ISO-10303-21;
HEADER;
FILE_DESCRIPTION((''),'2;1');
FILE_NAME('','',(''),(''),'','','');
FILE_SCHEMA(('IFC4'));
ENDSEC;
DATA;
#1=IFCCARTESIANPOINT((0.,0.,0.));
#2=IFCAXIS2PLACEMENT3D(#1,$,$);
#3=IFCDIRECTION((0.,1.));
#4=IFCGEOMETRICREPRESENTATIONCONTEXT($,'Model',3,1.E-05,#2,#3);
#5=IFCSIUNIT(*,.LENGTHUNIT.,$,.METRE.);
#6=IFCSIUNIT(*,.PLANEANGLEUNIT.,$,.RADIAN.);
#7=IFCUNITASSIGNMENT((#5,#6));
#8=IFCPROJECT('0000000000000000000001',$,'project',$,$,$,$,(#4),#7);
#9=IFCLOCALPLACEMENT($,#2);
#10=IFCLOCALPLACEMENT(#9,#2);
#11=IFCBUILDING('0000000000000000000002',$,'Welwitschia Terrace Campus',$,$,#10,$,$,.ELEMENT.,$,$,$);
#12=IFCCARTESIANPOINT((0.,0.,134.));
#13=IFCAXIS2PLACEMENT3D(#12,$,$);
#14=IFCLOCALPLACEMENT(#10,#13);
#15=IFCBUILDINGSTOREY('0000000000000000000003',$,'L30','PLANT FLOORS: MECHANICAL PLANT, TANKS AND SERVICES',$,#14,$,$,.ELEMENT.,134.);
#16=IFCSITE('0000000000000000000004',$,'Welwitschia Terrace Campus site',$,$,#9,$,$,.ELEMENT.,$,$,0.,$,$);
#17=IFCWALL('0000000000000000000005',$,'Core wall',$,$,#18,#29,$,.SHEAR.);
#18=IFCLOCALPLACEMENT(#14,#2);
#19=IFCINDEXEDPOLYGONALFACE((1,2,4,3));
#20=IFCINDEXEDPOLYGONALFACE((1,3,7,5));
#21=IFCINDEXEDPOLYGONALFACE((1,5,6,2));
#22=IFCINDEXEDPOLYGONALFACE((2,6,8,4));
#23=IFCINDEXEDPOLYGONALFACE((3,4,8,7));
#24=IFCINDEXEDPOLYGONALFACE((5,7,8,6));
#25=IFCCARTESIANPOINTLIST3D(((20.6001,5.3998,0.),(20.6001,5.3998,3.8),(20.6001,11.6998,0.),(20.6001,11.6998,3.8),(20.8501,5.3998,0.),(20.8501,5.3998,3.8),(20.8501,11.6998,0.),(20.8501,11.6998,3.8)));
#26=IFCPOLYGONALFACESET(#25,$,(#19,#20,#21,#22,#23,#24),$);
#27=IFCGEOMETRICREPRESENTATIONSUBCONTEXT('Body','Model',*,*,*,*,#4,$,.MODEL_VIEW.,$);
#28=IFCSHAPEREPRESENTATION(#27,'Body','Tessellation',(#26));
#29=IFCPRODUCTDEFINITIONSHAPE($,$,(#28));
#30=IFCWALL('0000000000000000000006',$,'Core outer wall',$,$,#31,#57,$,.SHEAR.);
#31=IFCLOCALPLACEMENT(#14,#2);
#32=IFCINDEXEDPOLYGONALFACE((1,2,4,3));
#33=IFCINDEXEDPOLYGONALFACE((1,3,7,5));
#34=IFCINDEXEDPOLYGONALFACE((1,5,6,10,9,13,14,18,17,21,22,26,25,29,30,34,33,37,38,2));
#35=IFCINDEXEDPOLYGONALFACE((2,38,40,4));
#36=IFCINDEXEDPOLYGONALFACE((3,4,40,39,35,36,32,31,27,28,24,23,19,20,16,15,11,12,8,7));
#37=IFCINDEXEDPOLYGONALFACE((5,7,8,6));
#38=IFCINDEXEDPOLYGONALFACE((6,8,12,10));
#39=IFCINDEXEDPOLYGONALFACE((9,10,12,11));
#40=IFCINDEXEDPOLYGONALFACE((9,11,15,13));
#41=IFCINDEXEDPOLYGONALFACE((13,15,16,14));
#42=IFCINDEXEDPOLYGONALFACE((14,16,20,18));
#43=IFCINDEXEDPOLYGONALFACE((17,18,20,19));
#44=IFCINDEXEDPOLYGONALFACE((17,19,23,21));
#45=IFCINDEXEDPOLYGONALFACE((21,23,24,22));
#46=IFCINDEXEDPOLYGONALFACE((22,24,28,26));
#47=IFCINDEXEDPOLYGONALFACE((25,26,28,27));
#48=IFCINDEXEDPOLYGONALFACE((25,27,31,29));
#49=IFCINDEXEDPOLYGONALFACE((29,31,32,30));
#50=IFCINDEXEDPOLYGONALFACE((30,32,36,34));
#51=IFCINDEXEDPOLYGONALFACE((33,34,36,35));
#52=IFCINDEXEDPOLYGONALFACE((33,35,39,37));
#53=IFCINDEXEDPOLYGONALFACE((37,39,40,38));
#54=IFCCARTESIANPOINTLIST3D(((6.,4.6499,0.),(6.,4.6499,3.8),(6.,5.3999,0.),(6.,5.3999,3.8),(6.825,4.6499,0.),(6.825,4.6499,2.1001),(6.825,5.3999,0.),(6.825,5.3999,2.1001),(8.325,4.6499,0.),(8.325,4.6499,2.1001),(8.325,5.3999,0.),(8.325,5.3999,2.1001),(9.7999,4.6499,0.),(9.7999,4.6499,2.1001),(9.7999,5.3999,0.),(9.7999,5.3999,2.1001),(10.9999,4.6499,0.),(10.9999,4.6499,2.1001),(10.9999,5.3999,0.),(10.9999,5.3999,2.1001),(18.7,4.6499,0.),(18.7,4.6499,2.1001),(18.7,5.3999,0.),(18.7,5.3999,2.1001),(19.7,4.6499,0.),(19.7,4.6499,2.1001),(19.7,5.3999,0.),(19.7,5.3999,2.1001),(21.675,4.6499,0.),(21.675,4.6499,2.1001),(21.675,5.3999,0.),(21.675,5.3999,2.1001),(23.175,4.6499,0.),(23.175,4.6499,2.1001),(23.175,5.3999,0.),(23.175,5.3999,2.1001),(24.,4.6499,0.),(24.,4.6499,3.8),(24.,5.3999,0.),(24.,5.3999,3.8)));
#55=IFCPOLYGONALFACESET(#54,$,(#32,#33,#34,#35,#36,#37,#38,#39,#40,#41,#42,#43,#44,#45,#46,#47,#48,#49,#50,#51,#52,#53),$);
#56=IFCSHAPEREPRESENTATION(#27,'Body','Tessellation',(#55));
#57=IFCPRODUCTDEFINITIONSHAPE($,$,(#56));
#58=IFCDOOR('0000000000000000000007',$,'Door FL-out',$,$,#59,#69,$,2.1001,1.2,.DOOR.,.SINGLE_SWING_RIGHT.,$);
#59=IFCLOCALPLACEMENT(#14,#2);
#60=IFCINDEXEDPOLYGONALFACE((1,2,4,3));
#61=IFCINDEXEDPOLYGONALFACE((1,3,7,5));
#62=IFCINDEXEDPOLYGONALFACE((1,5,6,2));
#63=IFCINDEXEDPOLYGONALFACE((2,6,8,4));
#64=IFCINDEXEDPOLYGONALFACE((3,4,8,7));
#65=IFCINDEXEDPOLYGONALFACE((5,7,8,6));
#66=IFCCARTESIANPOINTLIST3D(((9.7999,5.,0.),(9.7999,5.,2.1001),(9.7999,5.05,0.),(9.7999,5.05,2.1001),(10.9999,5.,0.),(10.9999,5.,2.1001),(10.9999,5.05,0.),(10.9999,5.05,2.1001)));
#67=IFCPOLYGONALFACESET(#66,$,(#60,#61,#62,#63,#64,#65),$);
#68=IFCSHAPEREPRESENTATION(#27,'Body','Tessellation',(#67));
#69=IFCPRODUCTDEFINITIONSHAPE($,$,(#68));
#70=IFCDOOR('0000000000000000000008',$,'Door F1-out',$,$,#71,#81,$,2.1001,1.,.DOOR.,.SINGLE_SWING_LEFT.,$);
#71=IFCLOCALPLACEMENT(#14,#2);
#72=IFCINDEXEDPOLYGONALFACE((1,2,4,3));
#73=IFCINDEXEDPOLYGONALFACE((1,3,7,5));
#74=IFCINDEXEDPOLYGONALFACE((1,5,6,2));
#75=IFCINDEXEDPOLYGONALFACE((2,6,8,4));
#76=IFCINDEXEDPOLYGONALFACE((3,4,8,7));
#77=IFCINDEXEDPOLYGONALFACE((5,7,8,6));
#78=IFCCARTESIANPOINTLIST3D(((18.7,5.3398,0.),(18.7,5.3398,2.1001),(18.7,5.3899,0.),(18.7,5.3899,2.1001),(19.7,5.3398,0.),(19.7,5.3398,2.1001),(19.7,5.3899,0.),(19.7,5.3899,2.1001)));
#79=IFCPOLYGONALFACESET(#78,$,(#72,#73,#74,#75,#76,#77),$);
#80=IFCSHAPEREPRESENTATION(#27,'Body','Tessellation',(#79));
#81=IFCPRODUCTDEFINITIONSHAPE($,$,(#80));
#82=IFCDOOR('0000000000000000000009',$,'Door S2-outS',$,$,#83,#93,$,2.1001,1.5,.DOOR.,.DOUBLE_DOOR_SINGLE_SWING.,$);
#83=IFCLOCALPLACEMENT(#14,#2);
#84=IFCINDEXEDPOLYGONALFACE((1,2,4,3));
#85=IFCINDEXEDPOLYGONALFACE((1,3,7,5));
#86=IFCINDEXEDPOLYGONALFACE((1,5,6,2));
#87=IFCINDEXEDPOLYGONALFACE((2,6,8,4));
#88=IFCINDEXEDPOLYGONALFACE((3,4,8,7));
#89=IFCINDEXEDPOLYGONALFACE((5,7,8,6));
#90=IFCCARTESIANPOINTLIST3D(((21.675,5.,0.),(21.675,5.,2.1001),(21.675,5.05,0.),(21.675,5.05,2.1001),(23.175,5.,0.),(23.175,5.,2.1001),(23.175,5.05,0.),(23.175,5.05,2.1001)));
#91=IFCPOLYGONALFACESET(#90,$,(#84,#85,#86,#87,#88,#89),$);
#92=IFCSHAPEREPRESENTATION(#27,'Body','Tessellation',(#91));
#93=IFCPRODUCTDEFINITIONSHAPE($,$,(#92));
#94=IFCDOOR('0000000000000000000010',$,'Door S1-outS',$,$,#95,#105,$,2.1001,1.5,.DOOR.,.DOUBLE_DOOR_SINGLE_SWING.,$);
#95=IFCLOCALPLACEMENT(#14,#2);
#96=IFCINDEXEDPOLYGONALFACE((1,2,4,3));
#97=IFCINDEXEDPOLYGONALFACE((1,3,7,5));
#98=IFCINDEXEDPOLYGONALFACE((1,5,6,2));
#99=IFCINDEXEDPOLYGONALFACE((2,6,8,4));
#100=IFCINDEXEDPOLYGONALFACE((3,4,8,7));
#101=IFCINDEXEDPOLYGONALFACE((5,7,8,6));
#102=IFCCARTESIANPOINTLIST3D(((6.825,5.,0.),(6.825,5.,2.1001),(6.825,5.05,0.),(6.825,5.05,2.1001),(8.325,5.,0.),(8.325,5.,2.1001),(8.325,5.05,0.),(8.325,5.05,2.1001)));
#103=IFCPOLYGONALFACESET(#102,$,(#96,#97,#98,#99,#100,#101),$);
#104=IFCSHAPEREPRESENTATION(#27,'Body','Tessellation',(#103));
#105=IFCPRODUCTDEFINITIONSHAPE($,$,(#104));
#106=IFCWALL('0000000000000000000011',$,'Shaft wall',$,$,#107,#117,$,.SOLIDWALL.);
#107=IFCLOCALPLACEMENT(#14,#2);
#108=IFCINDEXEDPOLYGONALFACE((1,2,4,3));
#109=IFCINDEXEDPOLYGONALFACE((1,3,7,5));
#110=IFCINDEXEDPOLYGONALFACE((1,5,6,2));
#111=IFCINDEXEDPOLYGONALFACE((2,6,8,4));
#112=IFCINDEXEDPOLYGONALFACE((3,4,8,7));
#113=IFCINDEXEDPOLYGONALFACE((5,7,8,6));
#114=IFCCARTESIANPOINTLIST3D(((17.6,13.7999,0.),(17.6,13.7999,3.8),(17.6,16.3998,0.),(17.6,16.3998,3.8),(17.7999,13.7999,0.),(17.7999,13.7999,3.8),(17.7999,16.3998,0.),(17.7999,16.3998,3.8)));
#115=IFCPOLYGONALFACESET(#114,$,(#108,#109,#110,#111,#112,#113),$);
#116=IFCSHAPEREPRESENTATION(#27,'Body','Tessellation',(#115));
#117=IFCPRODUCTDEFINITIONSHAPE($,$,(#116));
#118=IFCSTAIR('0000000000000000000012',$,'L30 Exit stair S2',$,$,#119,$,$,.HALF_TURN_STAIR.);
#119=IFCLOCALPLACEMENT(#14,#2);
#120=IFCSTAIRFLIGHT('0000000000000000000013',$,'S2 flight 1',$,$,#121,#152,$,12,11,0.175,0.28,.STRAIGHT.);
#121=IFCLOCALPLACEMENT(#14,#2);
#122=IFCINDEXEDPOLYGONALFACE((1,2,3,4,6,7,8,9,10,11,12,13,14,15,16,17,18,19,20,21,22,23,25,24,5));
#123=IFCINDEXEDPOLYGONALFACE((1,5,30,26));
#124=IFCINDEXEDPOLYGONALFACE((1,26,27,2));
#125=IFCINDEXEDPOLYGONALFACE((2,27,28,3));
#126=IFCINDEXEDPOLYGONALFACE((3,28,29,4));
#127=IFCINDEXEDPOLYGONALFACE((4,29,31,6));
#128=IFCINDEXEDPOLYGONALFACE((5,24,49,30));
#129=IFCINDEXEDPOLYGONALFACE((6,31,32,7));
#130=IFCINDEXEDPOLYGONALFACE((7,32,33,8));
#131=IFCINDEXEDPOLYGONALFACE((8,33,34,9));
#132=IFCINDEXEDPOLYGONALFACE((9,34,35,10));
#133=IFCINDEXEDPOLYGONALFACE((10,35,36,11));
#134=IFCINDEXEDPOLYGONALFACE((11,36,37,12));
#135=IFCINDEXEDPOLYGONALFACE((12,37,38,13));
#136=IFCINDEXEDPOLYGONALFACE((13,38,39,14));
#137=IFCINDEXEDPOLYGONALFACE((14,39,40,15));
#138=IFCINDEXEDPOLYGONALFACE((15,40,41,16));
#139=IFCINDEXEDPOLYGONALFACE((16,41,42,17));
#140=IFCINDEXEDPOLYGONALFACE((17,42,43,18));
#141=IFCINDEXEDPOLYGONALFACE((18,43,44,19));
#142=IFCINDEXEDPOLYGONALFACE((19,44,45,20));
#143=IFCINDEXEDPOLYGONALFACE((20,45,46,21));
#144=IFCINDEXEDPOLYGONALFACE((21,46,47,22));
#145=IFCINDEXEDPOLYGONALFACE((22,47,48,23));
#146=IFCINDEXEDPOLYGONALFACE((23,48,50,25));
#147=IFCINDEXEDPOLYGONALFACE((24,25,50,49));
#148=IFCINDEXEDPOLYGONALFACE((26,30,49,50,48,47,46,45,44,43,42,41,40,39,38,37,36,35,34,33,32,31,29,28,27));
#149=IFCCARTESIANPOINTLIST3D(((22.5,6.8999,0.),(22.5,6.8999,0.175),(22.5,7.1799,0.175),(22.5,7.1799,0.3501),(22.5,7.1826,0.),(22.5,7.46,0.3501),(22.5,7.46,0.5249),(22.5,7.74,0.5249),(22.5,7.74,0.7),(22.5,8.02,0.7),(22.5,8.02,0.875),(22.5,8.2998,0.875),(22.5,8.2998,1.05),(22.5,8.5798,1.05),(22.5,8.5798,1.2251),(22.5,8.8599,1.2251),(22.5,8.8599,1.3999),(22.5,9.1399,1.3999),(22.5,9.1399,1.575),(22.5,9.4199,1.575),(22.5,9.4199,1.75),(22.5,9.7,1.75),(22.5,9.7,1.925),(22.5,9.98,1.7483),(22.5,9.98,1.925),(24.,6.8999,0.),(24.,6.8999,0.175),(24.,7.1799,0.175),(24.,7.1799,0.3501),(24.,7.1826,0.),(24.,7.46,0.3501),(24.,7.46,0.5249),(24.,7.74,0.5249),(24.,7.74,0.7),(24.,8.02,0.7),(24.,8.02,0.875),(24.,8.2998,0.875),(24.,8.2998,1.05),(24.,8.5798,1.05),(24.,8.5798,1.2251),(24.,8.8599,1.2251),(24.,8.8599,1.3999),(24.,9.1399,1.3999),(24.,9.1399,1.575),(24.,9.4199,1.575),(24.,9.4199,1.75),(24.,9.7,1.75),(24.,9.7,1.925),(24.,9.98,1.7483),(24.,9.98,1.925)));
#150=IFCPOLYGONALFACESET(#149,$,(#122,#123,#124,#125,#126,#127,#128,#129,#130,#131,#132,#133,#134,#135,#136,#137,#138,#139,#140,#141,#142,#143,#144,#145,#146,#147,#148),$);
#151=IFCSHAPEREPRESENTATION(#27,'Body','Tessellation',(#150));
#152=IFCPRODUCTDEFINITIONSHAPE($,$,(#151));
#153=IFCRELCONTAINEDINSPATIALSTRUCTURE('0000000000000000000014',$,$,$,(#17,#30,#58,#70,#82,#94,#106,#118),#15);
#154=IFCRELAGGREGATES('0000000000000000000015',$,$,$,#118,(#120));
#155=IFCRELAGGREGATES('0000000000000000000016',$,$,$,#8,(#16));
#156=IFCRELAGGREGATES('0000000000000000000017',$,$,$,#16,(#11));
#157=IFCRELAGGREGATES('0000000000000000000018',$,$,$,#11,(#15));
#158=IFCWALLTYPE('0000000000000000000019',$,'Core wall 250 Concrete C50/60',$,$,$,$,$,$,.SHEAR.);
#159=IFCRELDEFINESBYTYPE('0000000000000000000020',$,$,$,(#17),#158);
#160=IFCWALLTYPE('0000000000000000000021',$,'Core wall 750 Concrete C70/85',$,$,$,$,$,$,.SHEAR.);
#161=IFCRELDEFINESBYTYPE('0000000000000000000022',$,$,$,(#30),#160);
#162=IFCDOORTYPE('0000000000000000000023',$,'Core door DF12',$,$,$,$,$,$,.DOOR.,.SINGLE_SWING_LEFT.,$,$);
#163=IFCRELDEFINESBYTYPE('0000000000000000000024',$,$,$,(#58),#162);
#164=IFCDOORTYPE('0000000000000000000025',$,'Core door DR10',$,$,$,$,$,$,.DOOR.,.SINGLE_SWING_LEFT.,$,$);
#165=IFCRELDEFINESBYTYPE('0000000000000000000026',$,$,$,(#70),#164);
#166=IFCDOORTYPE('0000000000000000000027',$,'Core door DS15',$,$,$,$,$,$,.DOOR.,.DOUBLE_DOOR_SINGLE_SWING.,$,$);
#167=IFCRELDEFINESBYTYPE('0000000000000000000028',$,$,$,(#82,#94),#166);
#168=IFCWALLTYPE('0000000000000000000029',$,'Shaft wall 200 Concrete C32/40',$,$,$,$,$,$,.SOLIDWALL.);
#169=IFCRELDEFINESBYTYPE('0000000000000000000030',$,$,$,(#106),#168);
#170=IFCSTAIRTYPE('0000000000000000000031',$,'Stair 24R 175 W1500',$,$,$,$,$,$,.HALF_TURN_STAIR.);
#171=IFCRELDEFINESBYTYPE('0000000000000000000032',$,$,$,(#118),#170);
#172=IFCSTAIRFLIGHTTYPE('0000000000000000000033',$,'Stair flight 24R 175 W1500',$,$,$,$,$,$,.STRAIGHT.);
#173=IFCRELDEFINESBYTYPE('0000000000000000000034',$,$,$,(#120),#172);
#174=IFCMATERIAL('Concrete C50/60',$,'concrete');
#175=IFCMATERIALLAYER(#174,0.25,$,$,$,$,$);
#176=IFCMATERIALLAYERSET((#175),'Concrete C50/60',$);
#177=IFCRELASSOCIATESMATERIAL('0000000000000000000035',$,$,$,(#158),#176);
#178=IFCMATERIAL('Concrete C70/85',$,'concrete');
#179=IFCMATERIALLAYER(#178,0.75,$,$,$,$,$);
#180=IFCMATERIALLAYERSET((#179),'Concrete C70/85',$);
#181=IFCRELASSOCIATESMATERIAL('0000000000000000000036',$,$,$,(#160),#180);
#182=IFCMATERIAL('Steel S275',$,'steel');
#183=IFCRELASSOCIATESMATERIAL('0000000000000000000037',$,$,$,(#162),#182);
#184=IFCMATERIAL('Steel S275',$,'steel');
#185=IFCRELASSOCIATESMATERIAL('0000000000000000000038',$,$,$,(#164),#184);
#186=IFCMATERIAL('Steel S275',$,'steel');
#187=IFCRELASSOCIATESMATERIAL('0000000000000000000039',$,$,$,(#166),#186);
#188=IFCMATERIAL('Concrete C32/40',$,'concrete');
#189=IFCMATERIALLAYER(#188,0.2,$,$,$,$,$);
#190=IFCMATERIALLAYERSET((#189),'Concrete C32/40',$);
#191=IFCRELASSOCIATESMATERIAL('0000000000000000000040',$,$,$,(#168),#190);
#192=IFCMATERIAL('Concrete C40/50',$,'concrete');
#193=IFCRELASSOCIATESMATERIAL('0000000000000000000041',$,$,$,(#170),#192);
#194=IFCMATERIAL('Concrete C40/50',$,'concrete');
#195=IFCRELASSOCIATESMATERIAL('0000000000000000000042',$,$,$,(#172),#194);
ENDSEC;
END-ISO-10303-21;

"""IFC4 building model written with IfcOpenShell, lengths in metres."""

from ifc_helpers import new_model, si_unit, direction, frame, frame_2d, origin, place, context, subcontext, project, spatial, polyline, rectangle, outline, extrude, material, layer, layer_set, type_object, element, fill, aggregate, save


model = new_model("IFC4")

# Units and contexts
model_context = context("Model", 3, precision=1e-05, world=origin(), true_north=direction((0.0, 1.0)))
body_context = subcontext(model_context, "Body", "Model", "MODEL_VIEW")
ifc_project = project(units=[si_unit("LENGTHUNIT", "METRE"), si_unit("PLANEANGLEUNIT", "RADIAN")], contexts=[model_context])

# Site, building, storey
site_placement = place(None, origin())
site = spatial("IfcSite", under=ifc_project, at=site_placement, Name="Welwitschia Terrace Campus site", CompositionType="ELEMENT", RefElevation=0.0)
building_placement = place(site_placement, origin())
building = spatial("IfcBuilding", under=site, at=building_placement, Name="Welwitschia Terrace Campus", CompositionType="ELEMENT")
storey_placement = place(building_placement, frame((0.0, 0.0, 134.0)))
storey = spatial("IfcBuildingStorey", under=building, at=storey_placement, Name="L30", Description="PLANT FLOORS: MECHANICAL PLANT, TANKS AND SERVICES", CompositionType="ELEMENT", Elevation=134.0)

# Wall
ifc_material_1 = material(Name="Concrete C50/60", Category="concrete")
ifc_layer_1 = layer(ifc_material_1, 0.25)
ifc_layer_set_1 = layer_set([ifc_layer_1], Name="Concrete C50/60")
wall_type_1 = type_object("IfcWallType", Name="Core wall 250 Concrete C50/60", PredefinedType="SHEAR", material=ifc_layer_set_1)
wall_1_placement = place(storey_placement, frame((20.7251, 5.3999, 0.0), z_axis=(0.0, 0.0, 1.0), x_axis=(0.0, 1.0, 0.0)))
element("IfcWall", 1, at=wall_1_placement, inside=storey, type_object=wall_type_1, Name="Core wall", PredefinedType="SHEAR", context=body_context, shape_type="SweptSolid", body=[
    extrude(rectangle(XDim=6.3, YDim=0.25, at=frame_2d((3.1499, 0.0))), origin(), (0.0, 0.0, 1.0), 3.8),
])

# Wall, openings, doors
ifc_material_2 = material(Name="Concrete C70/85", Category="concrete")
ifc_layer_2 = layer(ifc_material_2, 0.75)
ifc_layer_set_2 = layer_set([ifc_layer_2], Name="Concrete C70/85")
wall_type_2 = type_object("IfcWallType", Name="Core wall 750 Concrete C70/85", PredefinedType="SHEAR", material=ifc_layer_set_2)
wall_2_placement = place(storey_placement, frame((24.0, 5.0249, 0.0), z_axis=(0.0, 0.0, 1.0), x_axis=(-1.0, 0.0, 0.0)))
wall_2 = element("IfcWall", 2, at=wall_2_placement, inside=storey, type_object=wall_type_2, Name="Core outer wall", PredefinedType="SHEAR", context=body_context, shape_type="SweptSolid", body=[
    extrude(rectangle(XDim=18.0, YDim=0.75, at=frame_2d((9.0, 0.0))), origin(), (0.0, 0.0, 1.0), 3.8),
])
opening_1_placement = place(wall_2_placement, frame((0.825, 0.0, 0.0)))
opening_1 = element("IfcOpeningElement", 3, at=opening_1_placement, cuts=wall_2, PredefinedType="OPENING", context=body_context, shape_type="SweptSolid", body=[
    extrude(rectangle(XDim=1.5, YDim=2.1001, at=frame_2d((0.75, 1.05))), frame((0.0, 0.385, 0.0), z_axis=(0.0, -1.0, 0.0), x_axis=(1.0, 0.0, 0.0)), (0.0, 0.0, 1.0), 0.77),
])
opening_2_placement = place(wall_2_placement, frame((15.675, 0.0, 0.0)))
opening_2 = element("IfcOpeningElement", 4, at=opening_2_placement, cuts=wall_2, PredefinedType="OPENING", context=body_context, shape_type="SweptSolid", body=[
    extrude(rectangle(XDim=1.5, YDim=2.1001, at=frame_2d((0.75, 1.05))), frame((0.0, 0.385, 0.0), z_axis=(0.0, -1.0, 0.0), x_axis=(1.0, 0.0, 0.0)), (0.0, 0.0, 1.0), 0.77),
])
opening_3_placement = place(wall_2_placement, frame((13.0, 0.0, 0.0)))
opening_3 = element("IfcOpeningElement", 5, at=opening_3_placement, cuts=wall_2, PredefinedType="OPENING", context=body_context, shape_type="SweptSolid", body=[
    extrude(rectangle(XDim=1.2, YDim=2.1001, at=frame_2d((0.6001, 1.05))), frame((0.0, 0.385, 0.0), z_axis=(0.0, -1.0, 0.0), x_axis=(1.0, 0.0, 0.0)), (0.0, 0.0, 1.0), 0.77),
])
opening_4_placement = place(wall_2_placement, frame((4.3, 0.0, 0.0)))
opening_4 = element("IfcOpeningElement", 6, at=opening_4_placement, cuts=wall_2, PredefinedType="OPENING", context=body_context, shape_type="SweptSolid", body=[
    extrude(rectangle(XDim=1.0, YDim=2.1001, at=frame_2d((0.5, 1.05))), frame((0.0, 0.385, 0.0), z_axis=(0.0, -1.0, 0.0), x_axis=(1.0, 0.0, 0.0)), (0.0, 0.0, 1.0), 0.77),
])
ifc_material_3 = material(Name="Steel S275", Category="steel")
door_type_1 = type_object("IfcDoorType", Name="Core door DF12", OperationType="SINGLE_SWING_LEFT", PredefinedType="DOOR", material=ifc_material_3)
door_1_placement = place(opening_3_placement, origin())
door_1 = element("IfcDoor", 7, at=door_1_placement, inside=storey, type_object=door_type_1, Name="Door FL-out", OperationType="SINGLE_SWING_RIGHT", OverallHeight=2.1001, OverallWidth=1.2, PredefinedType="DOOR", context=body_context, shape_type="SweptSolid", body=[
    extrude(rectangle(XDim=1.2, YDim=2.1001, at=frame_2d((0.6001, 1.05))), frame((0.0, 0.0249, 0.0), z_axis=(0.0, -1.0, 0.0), x_axis=(1.0, 0.0, 0.0)), (0.0, 0.0, 1.0), 0.05),
])
fill(opening_3, door_1)
ifc_material_4 = material(Name="Steel S275", Category="steel")
door_type_2 = type_object("IfcDoorType", Name="Core door DR10", OperationType="SINGLE_SWING_LEFT", PredefinedType="DOOR", material=ifc_material_4)
door_2_placement = place(opening_4_placement, origin())
door_2 = element("IfcDoor", 8, at=door_2_placement, inside=storey, type_object=door_type_2, Name="Door F1-out", OperationType="SINGLE_SWING_LEFT", OverallHeight=2.1001, OverallWidth=1.0, PredefinedType="DOOR", context=body_context, shape_type="SweptSolid", body=[
    extrude(rectangle(XDim=1.0, YDim=2.1001, at=frame_2d((0.5, 1.05))), frame((0.0, -0.3149, 0.0), z_axis=(0.0, -1.0, 0.0), x_axis=(1.0, 0.0, 0.0)), (0.0, 0.0, 1.0), 0.05),
])
fill(opening_4, door_2)
ifc_material_5 = material(Name="Steel S275", Category="steel")
door_type_3 = type_object("IfcDoorType", Name="Core door DS15", OperationType="DOUBLE_DOOR_SINGLE_SWING", PredefinedType="DOOR", material=ifc_material_5)
door_3_placement = place(opening_1_placement, origin())
door_3 = element("IfcDoor", 9, at=door_3_placement, inside=storey, type_object=door_type_3, Name="Door S2-outS", OperationType="DOUBLE_DOOR_SINGLE_SWING", OverallHeight=2.1001, OverallWidth=1.5, PredefinedType="DOOR", context=body_context, shape_type="SweptSolid", body=[
    extrude(rectangle(XDim=1.5, YDim=2.1001, at=frame_2d((0.75, 1.05))), frame((0.0, 0.0249, 0.0), z_axis=(0.0, -1.0, 0.0), x_axis=(1.0, 0.0, 0.0)), (0.0, 0.0, 1.0), 0.05),
])
fill(opening_1, door_3)
door_4_placement = place(opening_2_placement, origin())
door_4 = element("IfcDoor", 10, at=door_4_placement, inside=storey, type_object=door_type_3, Name="Door S1-outS", OperationType="DOUBLE_DOOR_SINGLE_SWING", OverallHeight=2.1001, OverallWidth=1.5, PredefinedType="DOOR", context=body_context, shape_type="SweptSolid", body=[
    extrude(rectangle(XDim=1.5, YDim=2.1001, at=frame_2d((0.75, 1.05))), frame((0.0, 0.0249, 0.0), z_axis=(0.0, -1.0, 0.0), x_axis=(1.0, 0.0, 0.0)), (0.0, 0.0, 1.0), 0.05),
])
fill(opening_2, door_4)

# Wall
ifc_material_6 = material(Name="Concrete C32/40", Category="concrete")
ifc_layer_3 = layer(ifc_material_6, 0.2)
ifc_layer_set_3 = layer_set([ifc_layer_3], Name="Concrete C32/40")
wall_type_3 = type_object("IfcWallType", Name="Shaft wall 200 Concrete C32/40", PredefinedType="SOLIDWALL", material=ifc_layer_set_3)
wall_3_placement = place(storey_placement, frame((17.7, 13.8, 0.0), z_axis=(0.0, 0.0, 1.0), x_axis=(0.0, 1.0, 0.0)))
element("IfcWall", 11, at=wall_3_placement, inside=storey, type_object=wall_type_3, Name="Shaft wall", PredefinedType="SOLIDWALL", context=body_context, shape_type="SweptSolid", body=[
    extrude(rectangle(XDim=2.5999, YDim=0.2, at=frame_2d((1.2998, 0.0))), origin(), (0.0, 0.0, 1.0), 3.8),
])

# Stair, stair flight
ifc_material_7 = material(Name="Concrete C40/50", Category="concrete")
stair_type = type_object("IfcStairType", Name="Stair 24R 175 W1500", PredefinedType="HALF_TURN_STAIR", material=ifc_material_7)
stair_placement = place(storey_placement, origin())
stair = element("IfcStair", 12, at=stair_placement, inside=storey, type_object=stair_type, Name="L30 Exit stair S2", PredefinedType="HALF_TURN_STAIR")
ifc_material_8 = material(Name="Concrete C40/50", Category="concrete")
stair_flight_type = type_object("IfcStairFlightType", Name="Stair flight 24R 175 W1500", PredefinedType="STRAIGHT", material=ifc_material_8)
stair_flight_1_placement = place(storey_placement, frame((23.25, 6.8999, 0.0), z_axis=(0.0, 0.0, 1.0), x_axis=(0.0, 1.0, 0.0)))
stair_flight_1 = element("IfcStairFlight", 13, at=stair_flight_1_placement, type_object=stair_flight_type, Name="S2 flight 1", NumberOfRisers=12, NumberOfTreads=11, PredefinedType="STRAIGHT", RiserHeight=0.175, TreadLength=0.28, context=body_context, shape_type="SweptSolid", body=[
    extrude(outline(polyline([(0.0, 0.0), (0.0, 0.175), (0.28, 0.175), (0.28, 0.3501), (0.5601, 0.3501), (0.5601, 0.5249), (0.8401, 0.5249), (0.8401, 0.7), (1.1201, 0.7), (1.1201, 0.875), (1.3999, 0.875), (1.3999, 1.05), (1.6799, 1.05), (1.6799, 1.2251), (1.96, 1.2251), (1.96, 1.3999), (2.24, 1.3999), (2.24, 1.575), (2.52, 1.575), (2.52, 1.75), (2.8, 1.75), (2.8, 1.925), (3.0801, 1.925), (3.0801, 2.1001), (3.0801, 1.7483), (0.2827, 0.0), (0.0, 0.0)])), frame((0.0, 0.75, 0.0), z_axis=(0.0, -1.0, 0.0), x_axis=(1.0, 0.0, 0.0)), (0.0, 0.0, 1.0), 1.5),
])
aggregate(stair, [stair_flight_1])

save(model, "model.ifc")
